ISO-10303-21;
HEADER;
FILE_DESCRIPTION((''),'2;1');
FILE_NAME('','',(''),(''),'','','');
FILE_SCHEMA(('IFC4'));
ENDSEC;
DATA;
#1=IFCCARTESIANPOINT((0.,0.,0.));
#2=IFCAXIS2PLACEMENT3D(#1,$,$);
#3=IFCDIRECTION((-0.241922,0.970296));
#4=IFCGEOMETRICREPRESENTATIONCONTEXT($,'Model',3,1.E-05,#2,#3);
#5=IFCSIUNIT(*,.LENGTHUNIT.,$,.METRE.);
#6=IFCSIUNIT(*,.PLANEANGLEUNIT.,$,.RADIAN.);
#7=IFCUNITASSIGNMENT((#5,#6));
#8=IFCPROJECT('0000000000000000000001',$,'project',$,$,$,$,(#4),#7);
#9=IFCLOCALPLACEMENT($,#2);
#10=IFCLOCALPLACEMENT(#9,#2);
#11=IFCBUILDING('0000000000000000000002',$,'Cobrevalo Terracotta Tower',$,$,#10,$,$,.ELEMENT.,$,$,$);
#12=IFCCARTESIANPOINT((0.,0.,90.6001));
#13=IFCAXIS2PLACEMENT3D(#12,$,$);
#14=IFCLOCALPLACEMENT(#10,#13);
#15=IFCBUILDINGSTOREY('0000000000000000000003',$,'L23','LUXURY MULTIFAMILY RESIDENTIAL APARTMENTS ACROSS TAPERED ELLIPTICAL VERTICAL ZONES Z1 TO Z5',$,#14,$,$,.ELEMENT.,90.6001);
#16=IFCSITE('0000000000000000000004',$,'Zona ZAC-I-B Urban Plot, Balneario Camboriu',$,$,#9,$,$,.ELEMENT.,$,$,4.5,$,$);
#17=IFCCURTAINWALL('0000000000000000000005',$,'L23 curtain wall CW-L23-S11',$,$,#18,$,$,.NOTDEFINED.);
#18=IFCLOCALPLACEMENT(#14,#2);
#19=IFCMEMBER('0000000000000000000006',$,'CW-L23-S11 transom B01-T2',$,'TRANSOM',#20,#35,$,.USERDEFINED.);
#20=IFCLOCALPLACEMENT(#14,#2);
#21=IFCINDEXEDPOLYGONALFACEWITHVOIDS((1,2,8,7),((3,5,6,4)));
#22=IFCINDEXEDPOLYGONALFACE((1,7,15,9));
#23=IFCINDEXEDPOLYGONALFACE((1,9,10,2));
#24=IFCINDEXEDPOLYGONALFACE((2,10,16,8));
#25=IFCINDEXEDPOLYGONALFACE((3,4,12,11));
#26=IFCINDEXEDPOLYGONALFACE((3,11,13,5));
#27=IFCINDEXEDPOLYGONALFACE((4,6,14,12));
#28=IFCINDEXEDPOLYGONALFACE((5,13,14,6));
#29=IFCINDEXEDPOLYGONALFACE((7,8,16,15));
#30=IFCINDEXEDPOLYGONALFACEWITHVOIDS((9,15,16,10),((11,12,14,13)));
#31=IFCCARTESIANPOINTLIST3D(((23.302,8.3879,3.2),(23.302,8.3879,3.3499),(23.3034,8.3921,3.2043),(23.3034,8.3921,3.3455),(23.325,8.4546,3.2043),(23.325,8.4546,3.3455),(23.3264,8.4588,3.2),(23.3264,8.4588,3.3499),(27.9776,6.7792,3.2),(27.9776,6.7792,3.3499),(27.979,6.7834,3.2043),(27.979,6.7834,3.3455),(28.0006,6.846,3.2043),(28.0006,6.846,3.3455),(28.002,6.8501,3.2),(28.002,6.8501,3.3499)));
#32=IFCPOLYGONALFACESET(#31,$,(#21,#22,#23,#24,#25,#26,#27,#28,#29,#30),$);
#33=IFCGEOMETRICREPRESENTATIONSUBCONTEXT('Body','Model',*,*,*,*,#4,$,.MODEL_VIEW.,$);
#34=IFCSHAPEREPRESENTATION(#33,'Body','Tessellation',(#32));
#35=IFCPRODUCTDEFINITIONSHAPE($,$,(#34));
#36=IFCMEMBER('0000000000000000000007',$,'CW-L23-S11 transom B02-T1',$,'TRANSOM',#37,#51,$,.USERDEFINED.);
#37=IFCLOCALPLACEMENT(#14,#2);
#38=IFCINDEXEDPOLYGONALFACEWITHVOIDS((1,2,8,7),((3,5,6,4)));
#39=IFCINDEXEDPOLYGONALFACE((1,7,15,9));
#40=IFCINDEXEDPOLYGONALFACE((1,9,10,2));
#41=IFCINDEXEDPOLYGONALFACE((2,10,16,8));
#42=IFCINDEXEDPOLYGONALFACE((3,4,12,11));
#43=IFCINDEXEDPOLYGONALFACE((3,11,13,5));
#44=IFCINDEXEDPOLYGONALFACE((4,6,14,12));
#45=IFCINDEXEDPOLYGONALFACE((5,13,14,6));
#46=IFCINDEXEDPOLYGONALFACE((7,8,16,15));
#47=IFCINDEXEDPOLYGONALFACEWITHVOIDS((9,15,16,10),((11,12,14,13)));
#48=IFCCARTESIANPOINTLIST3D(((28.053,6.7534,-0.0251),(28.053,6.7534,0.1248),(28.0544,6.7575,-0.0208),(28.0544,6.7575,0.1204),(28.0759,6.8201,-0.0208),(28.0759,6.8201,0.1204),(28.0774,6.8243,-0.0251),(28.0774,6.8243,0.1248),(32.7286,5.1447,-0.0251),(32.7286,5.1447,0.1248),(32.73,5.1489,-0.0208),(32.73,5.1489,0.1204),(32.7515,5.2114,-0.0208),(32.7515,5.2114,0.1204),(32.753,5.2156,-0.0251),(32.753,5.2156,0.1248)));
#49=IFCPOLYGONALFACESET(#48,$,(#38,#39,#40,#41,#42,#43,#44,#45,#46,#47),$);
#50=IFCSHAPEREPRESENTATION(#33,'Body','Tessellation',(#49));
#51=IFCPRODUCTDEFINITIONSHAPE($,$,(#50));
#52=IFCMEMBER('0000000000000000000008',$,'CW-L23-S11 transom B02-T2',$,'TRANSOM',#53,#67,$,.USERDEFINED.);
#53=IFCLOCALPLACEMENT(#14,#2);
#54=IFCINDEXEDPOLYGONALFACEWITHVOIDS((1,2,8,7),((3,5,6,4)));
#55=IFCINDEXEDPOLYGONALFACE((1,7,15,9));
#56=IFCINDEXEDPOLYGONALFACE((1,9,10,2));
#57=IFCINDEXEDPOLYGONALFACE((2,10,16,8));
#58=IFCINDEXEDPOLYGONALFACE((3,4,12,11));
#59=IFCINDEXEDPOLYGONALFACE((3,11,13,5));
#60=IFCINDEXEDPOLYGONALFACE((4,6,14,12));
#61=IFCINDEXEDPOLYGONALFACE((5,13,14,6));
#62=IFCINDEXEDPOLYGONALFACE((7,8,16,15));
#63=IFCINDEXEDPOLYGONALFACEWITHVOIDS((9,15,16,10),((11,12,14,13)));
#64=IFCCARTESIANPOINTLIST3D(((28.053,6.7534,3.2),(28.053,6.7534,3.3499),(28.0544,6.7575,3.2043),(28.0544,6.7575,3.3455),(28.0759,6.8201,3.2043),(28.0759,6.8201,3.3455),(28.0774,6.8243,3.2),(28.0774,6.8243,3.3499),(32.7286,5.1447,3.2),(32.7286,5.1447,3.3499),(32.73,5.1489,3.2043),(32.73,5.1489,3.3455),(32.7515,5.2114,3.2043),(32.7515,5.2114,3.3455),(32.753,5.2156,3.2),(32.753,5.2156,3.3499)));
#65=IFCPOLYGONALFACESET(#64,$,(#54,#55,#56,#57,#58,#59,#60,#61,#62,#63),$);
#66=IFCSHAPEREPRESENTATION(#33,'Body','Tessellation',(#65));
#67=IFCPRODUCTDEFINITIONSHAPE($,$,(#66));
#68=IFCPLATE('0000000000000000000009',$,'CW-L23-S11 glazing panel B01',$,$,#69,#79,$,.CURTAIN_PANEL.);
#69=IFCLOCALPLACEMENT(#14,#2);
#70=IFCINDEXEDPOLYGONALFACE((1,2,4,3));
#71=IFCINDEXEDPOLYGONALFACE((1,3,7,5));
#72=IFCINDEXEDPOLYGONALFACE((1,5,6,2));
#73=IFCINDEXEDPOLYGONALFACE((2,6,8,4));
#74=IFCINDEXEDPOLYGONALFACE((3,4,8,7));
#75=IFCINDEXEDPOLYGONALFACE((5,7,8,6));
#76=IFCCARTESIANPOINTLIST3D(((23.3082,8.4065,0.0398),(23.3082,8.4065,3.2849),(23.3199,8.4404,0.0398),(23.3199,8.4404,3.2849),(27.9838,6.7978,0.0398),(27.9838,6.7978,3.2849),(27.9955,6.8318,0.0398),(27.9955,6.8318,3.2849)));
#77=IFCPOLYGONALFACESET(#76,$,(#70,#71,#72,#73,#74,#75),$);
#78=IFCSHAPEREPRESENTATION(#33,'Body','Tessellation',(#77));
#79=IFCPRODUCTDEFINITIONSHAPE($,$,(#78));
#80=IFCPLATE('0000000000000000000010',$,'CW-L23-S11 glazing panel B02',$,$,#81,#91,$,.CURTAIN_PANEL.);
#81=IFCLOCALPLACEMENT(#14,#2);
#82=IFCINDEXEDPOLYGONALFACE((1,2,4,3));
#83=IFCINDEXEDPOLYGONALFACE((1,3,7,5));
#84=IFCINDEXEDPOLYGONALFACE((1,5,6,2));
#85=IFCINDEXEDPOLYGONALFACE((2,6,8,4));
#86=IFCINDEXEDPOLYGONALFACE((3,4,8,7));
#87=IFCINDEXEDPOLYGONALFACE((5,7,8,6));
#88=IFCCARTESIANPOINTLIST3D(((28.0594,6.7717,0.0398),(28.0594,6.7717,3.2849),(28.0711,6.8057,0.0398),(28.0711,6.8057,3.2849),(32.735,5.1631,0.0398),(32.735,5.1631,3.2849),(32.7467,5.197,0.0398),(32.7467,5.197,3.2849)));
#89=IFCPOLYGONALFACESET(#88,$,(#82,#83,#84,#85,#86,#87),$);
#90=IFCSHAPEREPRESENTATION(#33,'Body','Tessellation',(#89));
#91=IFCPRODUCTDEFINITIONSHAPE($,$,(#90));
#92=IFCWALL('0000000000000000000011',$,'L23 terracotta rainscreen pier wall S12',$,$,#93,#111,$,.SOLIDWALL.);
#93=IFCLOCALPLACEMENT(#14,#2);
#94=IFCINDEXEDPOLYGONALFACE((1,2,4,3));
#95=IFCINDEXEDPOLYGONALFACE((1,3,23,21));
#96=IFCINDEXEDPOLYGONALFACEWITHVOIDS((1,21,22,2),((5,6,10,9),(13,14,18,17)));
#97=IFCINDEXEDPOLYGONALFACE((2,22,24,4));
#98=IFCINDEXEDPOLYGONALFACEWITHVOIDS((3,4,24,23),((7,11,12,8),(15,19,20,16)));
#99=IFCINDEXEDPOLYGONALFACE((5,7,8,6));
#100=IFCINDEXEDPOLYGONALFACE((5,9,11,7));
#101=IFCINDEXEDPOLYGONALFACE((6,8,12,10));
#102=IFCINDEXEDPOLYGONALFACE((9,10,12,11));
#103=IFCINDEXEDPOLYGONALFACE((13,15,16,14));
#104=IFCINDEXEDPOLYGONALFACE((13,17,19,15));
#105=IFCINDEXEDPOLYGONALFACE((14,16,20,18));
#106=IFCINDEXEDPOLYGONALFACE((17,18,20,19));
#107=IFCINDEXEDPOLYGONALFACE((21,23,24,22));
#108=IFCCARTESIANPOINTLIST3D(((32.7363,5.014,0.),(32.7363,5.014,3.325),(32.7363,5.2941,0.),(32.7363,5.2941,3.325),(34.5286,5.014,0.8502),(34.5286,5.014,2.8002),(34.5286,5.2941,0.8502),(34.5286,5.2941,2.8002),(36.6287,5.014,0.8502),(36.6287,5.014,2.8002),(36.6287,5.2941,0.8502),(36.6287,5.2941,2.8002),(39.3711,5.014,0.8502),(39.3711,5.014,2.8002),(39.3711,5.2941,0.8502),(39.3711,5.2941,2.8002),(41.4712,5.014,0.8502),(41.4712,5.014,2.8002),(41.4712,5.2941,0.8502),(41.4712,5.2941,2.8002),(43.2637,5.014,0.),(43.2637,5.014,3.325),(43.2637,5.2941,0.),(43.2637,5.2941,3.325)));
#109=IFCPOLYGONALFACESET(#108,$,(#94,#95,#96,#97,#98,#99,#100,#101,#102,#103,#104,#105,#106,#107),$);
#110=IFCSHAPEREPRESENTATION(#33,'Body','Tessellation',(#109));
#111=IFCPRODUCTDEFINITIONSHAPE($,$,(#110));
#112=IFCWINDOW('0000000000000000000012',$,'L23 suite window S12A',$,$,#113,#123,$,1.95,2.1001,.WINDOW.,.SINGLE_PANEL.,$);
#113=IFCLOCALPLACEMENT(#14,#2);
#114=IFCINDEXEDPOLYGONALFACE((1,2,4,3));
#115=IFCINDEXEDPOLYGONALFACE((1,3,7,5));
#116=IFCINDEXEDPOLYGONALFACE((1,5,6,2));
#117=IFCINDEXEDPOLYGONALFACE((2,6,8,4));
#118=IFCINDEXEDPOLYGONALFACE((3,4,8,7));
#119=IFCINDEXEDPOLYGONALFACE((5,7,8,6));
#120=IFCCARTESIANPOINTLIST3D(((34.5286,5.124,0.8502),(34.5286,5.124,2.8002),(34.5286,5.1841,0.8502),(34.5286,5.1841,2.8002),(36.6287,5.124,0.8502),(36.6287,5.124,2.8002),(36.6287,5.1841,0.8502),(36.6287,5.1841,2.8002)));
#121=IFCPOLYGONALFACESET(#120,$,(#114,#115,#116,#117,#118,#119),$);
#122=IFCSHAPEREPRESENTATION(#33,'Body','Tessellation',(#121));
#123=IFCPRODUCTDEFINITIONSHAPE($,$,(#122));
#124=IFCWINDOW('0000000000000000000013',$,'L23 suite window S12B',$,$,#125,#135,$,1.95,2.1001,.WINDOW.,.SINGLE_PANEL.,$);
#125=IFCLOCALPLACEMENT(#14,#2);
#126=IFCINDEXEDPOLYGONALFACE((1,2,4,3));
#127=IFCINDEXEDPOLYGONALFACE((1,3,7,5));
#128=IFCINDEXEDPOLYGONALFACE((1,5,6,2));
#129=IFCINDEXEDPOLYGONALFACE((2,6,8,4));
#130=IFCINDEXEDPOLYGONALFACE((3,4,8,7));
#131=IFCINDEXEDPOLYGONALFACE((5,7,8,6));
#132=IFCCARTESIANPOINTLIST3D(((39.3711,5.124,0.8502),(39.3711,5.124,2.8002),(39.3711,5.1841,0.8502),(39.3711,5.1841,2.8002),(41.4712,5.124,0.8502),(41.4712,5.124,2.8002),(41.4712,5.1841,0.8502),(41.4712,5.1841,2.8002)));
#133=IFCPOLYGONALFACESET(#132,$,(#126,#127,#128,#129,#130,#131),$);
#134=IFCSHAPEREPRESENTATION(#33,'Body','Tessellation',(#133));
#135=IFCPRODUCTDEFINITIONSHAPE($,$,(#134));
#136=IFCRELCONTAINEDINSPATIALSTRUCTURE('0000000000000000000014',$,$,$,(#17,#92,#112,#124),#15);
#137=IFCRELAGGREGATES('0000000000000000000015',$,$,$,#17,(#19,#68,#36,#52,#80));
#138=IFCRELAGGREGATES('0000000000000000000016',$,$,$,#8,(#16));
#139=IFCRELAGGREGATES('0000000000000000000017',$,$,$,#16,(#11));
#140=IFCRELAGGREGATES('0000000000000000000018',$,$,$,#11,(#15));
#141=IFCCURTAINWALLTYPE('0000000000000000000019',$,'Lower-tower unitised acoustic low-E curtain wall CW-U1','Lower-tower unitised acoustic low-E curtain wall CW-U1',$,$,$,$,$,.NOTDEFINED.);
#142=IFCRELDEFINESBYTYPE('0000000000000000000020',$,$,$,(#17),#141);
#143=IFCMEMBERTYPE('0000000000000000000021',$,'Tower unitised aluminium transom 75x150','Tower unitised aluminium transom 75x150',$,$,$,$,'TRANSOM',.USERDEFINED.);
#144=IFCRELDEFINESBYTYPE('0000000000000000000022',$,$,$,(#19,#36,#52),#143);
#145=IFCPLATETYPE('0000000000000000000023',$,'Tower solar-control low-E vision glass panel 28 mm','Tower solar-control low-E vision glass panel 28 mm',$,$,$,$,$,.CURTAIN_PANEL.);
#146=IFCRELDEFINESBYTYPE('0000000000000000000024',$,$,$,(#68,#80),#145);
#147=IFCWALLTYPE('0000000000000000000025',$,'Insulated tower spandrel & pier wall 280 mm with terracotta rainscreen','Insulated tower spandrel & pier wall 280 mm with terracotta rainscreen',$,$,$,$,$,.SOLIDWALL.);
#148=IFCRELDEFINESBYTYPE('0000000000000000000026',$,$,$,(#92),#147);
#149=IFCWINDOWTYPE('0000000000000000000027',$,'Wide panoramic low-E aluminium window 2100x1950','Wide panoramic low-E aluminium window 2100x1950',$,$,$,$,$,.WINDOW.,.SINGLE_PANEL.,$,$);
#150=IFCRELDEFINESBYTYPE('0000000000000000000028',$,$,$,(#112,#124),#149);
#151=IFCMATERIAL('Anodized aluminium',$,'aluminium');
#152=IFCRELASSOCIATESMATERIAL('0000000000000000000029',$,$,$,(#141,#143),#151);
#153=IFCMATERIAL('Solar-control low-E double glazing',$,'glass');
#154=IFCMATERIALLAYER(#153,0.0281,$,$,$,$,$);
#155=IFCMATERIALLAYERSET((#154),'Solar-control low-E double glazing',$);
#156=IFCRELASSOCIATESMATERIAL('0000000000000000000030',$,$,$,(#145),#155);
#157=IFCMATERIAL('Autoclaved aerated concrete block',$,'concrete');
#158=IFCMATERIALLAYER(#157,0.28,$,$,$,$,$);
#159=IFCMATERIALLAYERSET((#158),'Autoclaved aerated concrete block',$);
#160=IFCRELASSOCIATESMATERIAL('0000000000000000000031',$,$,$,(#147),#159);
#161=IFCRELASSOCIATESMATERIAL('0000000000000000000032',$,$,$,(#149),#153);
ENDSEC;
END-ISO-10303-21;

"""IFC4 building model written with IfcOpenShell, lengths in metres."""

from ifc_helpers import new_model, si_unit, direction, frame, frame_2d, origin, origin_2d, place, context, subcontext, project, spatial, rectangle, hollow_rectangle, extrude, source, transform, mapped, material, layer, layer_set, material_profile, profile_set, type_object, element, fill, aggregate, save


model = new_model("IFC4")

# Units and contexts
model_context = context("Model", 3, precision=1e-05, world=origin(), true_north=direction((-0.241922, 0.970296)))
body_context = subcontext(model_context, "Body", "Model", "MODEL_VIEW")
ifc_project = project(units=[si_unit("LENGTHUNIT", "METRE"), si_unit("PLANEANGLEUNIT", "RADIAN")], contexts=[model_context])

# Site, building, storey
site_placement = place(None, origin())
site = spatial("IfcSite", under=ifc_project, at=site_placement, Name="Zona ZAC-I-B Urban Plot, Balneario Camboriu", CompositionType="ELEMENT", RefElevation=4.5)
building_placement = place(site_placement, origin())
building = spatial("IfcBuilding", under=site, at=building_placement, Name="Cobrevalo Terracotta Tower", CompositionType="ELEMENT")
storey_placement = place(building_placement, frame((0.0, 0.0, 90.6001)))
storey = spatial("IfcBuildingStorey", under=building, at=storey_placement, Name="L23", Description="LUXURY MULTIFAMILY RESIDENTIAL APARTMENTS ACROSS TAPERED ELLIPTICAL VERTICAL ZONES Z1 TO Z5", CompositionType="ELEMENT", Elevation=90.6001)

# Curtain wall, members, plates
ifc_material_1 = material(Name="Anodized aluminium", Category="aluminium")
curtain_wall_type = type_object("IfcCurtainWallType", Name="Lower-tower unitised acoustic low-E curtain wall CW-U1", Description="Lower-tower unitised acoustic low-E curtain wall CW-U1", PredefinedType="NOTDEFINED", material=ifc_material_1)
curtain_wall_placement = place(storey_placement, origin())
curtain_wall = element("IfcCurtainWall", 1, at=curtain_wall_placement, inside=storey, type_object=curtain_wall_type, Name="L23 curtain wall CW-L23-S11", PredefinedType="NOTDEFINED")
ifc_material_profile_1 = material_profile(ifc_material_1, hollow_rectangle(XDim=0.075, YDim=0.1499, WallThickness=0.0044, at=origin_2d()), Name="CWT 75x150")
ifc_profile_set_1 = profile_set([ifc_material_profile_1], Name="Anodized aluminium")
member_type_1 = type_object("IfcMemberType", Name="Tower unitised aluminium transom 75x150", Description="Tower unitised aluminium transom 75x150", ElementType="TRANSOM", PredefinedType="USERDEFINED", material=ifc_profile_set_1)
shared_shape_1 = source(origin(), body_context, "Body", "SweptSolid", [
    extrude(hollow_rectangle(XDim=0.075, YDim=0.1499, WallThickness=0.0044, at=origin_2d()), origin(), (0.0, 0.0, 1.0), 4.9446),
])
member_1_placement = place(storey_placement, frame((23.3142, 8.4233, 3.2749), z_axis=(0.945598, -0.325338, 0.0), x_axis=(0.325338, 0.945598, 0.0)))
member_1 = element("IfcMember", 2, at=member_1_placement, type_object=member_type_1, Name="CW-L23-S11 transom B01-T2", ObjectType="TRANSOM", PredefinedType="USERDEFINED", context=body_context, shape_type="MappedRepresentation", body=[
    mapped(shared_shape_1, transform((0.0, 0.0, 0.0), scale=1.0)),
])
member_2_placement = place(storey_placement, frame((28.0652, 6.7888, 0.0498), z_axis=(0.945598, -0.325338, 0.0), x_axis=(0.325338, 0.945598, 0.0)))
member_2 = element("IfcMember", 3, at=member_2_placement, type_object=member_type_1, Name="CW-L23-S11 transom B02-T1", ObjectType="TRANSOM", PredefinedType="USERDEFINED", context=body_context, shape_type="MappedRepresentation", body=[
    mapped(shared_shape_1, transform((0.0, 0.0, 0.0), scale=1.0)),
])
member_3_placement = place(storey_placement, frame((28.0652, 6.7888, 3.2749), z_axis=(0.945598, -0.325338, 0.0), x_axis=(0.325338, 0.945598, 0.0)))
member_3 = element("IfcMember", 4, at=member_3_placement, type_object=member_type_1, Name="CW-L23-S11 transom B02-T2", ObjectType="TRANSOM", PredefinedType="USERDEFINED", context=body_context, shape_type="MappedRepresentation", body=[
    mapped(shared_shape_1, transform((0.0, 0.0, 0.0), scale=1.0)),
])
ifc_material_2 = material(Name="Solar-control low-E double glazing", Category="glass")
ifc_layer_1 = layer(ifc_material_2, 0.0281)
ifc_layer_set_1 = layer_set([ifc_layer_1], Name="Solar-control low-E double glazing")
plate_type = type_object("IfcPlateType", Name="Tower solar-control low-E vision glass panel 28 mm", Description="Tower solar-control low-E vision glass panel 28 mm", PredefinedType="CURTAIN_PANEL", material=ifc_layer_set_1)
shared_shape_2 = source(origin(), body_context, "Body", "SweptSolid", [
    extrude(rectangle(XDim=4.9446, YDim=0.0359, at=origin_2d()), origin(), (0.0, 0.0, 1.0), 3.2451),
])
plate_1_placement = place(storey_placement, frame((25.6519, 7.6191, 0.0398), z_axis=(0.0, 0.0, 1.0), x_axis=(0.945596, -0.325342, 0.0)))
plate_1 = element("IfcPlate", 5, at=plate_1_placement, type_object=plate_type, Name="CW-L23-S11 glazing panel B01", PredefinedType="CURTAIN_PANEL", context=body_context, shape_type="MappedRepresentation", body=[
    mapped(shared_shape_2, transform((0.0, 0.0, 0.0), scale=1.0)),
])
plate_2_placement = place(storey_placement, frame((30.4031, 5.9844, 0.0398), z_axis=(0.0, 0.0, 1.0), x_axis=(0.945596, -0.325342, 0.0)))
plate_2 = element("IfcPlate", 6, at=plate_2_placement, type_object=plate_type, Name="CW-L23-S11 glazing panel B02", PredefinedType="CURTAIN_PANEL", context=body_context, shape_type="MappedRepresentation", body=[
    mapped(shared_shape_2, transform((0.0, 0.0, 0.0), scale=1.0)),
])
aggregate(curtain_wall, [member_1, plate_1, member_2, member_3, plate_2])

# Wall, openings, windows
ifc_material_3 = material(Name="Autoclaved aerated concrete block", Category="concrete")
ifc_layer_2 = layer(ifc_material_3, 0.28)
ifc_layer_set_2 = layer_set([ifc_layer_2], Name="Autoclaved aerated concrete block")
wall_type_1 = type_object("IfcWallType", Name="Insulated tower spandrel & pier wall 280 mm with terracotta rainscreen", Description="Insulated tower spandrel & pier wall 280 mm with terracotta rainscreen", PredefinedType="SOLIDWALL", material=ifc_layer_set_2)
wall_1_placement = place(storey_placement, frame((32.7363, 5.1541, 0.0), z_axis=(0.0, 0.0, 1.0), x_axis=(1.0, 0.0, 0.0)))
wall_1 = element("IfcWall", 7, at=wall_1_placement, inside=storey, type_object=wall_type_1, Name="L23 terracotta rainscreen pier wall S12", PredefinedType="SOLIDWALL", context=body_context, shape_type="SweptSolid", body=[
    extrude(rectangle(XDim=10.5273, YDim=0.28, at=frame_2d((5.2637, 0.0))), origin(), (0.0, 0.0, 1.0), 3.325),
])
opening_1_placement = place(wall_1_placement, frame((1.7922, 0.0, 0.8501)))
opening_1 = element("IfcOpeningElement", 8, at=opening_1_placement, cuts=wall_1, PredefinedType="OPENING", context=body_context, shape_type="SweptSolid", body=[
    extrude(rectangle(XDim=2.1001, YDim=1.95, at=frame_2d((1.05, 0.9751))), frame((0.0, 0.1499, 0.0), z_axis=(0.0, -1.0, 0.0), x_axis=(1.0, 0.0, 0.0)), (0.0, 0.0, 1.0), 0.3),
])
opening_2_placement = place(wall_1_placement, frame((6.6348, 0.0, 0.8501)))
opening_2 = element("IfcOpeningElement", 9, at=opening_2_placement, cuts=wall_1, PredefinedType="OPENING", context=body_context, shape_type="SweptSolid", body=[
    extrude(rectangle(XDim=2.1001, YDim=1.95, at=frame_2d((1.05, 0.9751))), frame((0.0, 0.1499, 0.0), z_axis=(0.0, -1.0, 0.0), x_axis=(1.0, 0.0, 0.0)), (0.0, 0.0, 1.0), 0.3),
])
window_type = type_object("IfcWindowType", Name="Wide panoramic low-E aluminium window 2100x1950", Description="Wide panoramic low-E aluminium window 2100x1950", PartitioningType="SINGLE_PANEL", PredefinedType="WINDOW", material=ifc_material_2)
shared_shape_3 = source(origin(), body_context, "Body", "SweptSolid", [
    extrude(rectangle(XDim=2.1001, YDim=1.95, at=frame_2d((1.05, 0.9751))), frame((0.0, 0.03, 0.0), z_axis=(0.0, -1.0, 0.0), x_axis=(1.0, 0.0, 0.0)), (0.0, 0.0, 1.0), 0.0601),
])
window_1_placement = place(opening_1_placement, origin())
window_1 = element("IfcWindow", 10, at=window_1_placement, inside=storey, type_object=window_type, Name="L23 suite window S12A", OverallHeight=1.95, OverallWidth=2.1001, PartitioningType="SINGLE_PANEL", PredefinedType="WINDOW", context=body_context, shape_type="MappedRepresentation", body=[
    mapped(shared_shape_3, transform((0.0, 0.0, 0.0), scale=1.0)),
])
fill(opening_1, window_1)
window_2_placement = place(opening_2_placement, origin())
window_2 = element("IfcWindow", 11, at=window_2_placement, inside=storey, type_object=window_type, Name="L23 suite window S12B", OverallHeight=1.95, OverallWidth=2.1001, PartitioningType="SINGLE_PANEL", PredefinedType="WINDOW", context=body_context, shape_type="MappedRepresentation", body=[
    mapped(shared_shape_3, transform((0.0, 0.0, 0.0), scale=1.0)),
])
fill(opening_2, window_2)

save(model, "model.ifc")
